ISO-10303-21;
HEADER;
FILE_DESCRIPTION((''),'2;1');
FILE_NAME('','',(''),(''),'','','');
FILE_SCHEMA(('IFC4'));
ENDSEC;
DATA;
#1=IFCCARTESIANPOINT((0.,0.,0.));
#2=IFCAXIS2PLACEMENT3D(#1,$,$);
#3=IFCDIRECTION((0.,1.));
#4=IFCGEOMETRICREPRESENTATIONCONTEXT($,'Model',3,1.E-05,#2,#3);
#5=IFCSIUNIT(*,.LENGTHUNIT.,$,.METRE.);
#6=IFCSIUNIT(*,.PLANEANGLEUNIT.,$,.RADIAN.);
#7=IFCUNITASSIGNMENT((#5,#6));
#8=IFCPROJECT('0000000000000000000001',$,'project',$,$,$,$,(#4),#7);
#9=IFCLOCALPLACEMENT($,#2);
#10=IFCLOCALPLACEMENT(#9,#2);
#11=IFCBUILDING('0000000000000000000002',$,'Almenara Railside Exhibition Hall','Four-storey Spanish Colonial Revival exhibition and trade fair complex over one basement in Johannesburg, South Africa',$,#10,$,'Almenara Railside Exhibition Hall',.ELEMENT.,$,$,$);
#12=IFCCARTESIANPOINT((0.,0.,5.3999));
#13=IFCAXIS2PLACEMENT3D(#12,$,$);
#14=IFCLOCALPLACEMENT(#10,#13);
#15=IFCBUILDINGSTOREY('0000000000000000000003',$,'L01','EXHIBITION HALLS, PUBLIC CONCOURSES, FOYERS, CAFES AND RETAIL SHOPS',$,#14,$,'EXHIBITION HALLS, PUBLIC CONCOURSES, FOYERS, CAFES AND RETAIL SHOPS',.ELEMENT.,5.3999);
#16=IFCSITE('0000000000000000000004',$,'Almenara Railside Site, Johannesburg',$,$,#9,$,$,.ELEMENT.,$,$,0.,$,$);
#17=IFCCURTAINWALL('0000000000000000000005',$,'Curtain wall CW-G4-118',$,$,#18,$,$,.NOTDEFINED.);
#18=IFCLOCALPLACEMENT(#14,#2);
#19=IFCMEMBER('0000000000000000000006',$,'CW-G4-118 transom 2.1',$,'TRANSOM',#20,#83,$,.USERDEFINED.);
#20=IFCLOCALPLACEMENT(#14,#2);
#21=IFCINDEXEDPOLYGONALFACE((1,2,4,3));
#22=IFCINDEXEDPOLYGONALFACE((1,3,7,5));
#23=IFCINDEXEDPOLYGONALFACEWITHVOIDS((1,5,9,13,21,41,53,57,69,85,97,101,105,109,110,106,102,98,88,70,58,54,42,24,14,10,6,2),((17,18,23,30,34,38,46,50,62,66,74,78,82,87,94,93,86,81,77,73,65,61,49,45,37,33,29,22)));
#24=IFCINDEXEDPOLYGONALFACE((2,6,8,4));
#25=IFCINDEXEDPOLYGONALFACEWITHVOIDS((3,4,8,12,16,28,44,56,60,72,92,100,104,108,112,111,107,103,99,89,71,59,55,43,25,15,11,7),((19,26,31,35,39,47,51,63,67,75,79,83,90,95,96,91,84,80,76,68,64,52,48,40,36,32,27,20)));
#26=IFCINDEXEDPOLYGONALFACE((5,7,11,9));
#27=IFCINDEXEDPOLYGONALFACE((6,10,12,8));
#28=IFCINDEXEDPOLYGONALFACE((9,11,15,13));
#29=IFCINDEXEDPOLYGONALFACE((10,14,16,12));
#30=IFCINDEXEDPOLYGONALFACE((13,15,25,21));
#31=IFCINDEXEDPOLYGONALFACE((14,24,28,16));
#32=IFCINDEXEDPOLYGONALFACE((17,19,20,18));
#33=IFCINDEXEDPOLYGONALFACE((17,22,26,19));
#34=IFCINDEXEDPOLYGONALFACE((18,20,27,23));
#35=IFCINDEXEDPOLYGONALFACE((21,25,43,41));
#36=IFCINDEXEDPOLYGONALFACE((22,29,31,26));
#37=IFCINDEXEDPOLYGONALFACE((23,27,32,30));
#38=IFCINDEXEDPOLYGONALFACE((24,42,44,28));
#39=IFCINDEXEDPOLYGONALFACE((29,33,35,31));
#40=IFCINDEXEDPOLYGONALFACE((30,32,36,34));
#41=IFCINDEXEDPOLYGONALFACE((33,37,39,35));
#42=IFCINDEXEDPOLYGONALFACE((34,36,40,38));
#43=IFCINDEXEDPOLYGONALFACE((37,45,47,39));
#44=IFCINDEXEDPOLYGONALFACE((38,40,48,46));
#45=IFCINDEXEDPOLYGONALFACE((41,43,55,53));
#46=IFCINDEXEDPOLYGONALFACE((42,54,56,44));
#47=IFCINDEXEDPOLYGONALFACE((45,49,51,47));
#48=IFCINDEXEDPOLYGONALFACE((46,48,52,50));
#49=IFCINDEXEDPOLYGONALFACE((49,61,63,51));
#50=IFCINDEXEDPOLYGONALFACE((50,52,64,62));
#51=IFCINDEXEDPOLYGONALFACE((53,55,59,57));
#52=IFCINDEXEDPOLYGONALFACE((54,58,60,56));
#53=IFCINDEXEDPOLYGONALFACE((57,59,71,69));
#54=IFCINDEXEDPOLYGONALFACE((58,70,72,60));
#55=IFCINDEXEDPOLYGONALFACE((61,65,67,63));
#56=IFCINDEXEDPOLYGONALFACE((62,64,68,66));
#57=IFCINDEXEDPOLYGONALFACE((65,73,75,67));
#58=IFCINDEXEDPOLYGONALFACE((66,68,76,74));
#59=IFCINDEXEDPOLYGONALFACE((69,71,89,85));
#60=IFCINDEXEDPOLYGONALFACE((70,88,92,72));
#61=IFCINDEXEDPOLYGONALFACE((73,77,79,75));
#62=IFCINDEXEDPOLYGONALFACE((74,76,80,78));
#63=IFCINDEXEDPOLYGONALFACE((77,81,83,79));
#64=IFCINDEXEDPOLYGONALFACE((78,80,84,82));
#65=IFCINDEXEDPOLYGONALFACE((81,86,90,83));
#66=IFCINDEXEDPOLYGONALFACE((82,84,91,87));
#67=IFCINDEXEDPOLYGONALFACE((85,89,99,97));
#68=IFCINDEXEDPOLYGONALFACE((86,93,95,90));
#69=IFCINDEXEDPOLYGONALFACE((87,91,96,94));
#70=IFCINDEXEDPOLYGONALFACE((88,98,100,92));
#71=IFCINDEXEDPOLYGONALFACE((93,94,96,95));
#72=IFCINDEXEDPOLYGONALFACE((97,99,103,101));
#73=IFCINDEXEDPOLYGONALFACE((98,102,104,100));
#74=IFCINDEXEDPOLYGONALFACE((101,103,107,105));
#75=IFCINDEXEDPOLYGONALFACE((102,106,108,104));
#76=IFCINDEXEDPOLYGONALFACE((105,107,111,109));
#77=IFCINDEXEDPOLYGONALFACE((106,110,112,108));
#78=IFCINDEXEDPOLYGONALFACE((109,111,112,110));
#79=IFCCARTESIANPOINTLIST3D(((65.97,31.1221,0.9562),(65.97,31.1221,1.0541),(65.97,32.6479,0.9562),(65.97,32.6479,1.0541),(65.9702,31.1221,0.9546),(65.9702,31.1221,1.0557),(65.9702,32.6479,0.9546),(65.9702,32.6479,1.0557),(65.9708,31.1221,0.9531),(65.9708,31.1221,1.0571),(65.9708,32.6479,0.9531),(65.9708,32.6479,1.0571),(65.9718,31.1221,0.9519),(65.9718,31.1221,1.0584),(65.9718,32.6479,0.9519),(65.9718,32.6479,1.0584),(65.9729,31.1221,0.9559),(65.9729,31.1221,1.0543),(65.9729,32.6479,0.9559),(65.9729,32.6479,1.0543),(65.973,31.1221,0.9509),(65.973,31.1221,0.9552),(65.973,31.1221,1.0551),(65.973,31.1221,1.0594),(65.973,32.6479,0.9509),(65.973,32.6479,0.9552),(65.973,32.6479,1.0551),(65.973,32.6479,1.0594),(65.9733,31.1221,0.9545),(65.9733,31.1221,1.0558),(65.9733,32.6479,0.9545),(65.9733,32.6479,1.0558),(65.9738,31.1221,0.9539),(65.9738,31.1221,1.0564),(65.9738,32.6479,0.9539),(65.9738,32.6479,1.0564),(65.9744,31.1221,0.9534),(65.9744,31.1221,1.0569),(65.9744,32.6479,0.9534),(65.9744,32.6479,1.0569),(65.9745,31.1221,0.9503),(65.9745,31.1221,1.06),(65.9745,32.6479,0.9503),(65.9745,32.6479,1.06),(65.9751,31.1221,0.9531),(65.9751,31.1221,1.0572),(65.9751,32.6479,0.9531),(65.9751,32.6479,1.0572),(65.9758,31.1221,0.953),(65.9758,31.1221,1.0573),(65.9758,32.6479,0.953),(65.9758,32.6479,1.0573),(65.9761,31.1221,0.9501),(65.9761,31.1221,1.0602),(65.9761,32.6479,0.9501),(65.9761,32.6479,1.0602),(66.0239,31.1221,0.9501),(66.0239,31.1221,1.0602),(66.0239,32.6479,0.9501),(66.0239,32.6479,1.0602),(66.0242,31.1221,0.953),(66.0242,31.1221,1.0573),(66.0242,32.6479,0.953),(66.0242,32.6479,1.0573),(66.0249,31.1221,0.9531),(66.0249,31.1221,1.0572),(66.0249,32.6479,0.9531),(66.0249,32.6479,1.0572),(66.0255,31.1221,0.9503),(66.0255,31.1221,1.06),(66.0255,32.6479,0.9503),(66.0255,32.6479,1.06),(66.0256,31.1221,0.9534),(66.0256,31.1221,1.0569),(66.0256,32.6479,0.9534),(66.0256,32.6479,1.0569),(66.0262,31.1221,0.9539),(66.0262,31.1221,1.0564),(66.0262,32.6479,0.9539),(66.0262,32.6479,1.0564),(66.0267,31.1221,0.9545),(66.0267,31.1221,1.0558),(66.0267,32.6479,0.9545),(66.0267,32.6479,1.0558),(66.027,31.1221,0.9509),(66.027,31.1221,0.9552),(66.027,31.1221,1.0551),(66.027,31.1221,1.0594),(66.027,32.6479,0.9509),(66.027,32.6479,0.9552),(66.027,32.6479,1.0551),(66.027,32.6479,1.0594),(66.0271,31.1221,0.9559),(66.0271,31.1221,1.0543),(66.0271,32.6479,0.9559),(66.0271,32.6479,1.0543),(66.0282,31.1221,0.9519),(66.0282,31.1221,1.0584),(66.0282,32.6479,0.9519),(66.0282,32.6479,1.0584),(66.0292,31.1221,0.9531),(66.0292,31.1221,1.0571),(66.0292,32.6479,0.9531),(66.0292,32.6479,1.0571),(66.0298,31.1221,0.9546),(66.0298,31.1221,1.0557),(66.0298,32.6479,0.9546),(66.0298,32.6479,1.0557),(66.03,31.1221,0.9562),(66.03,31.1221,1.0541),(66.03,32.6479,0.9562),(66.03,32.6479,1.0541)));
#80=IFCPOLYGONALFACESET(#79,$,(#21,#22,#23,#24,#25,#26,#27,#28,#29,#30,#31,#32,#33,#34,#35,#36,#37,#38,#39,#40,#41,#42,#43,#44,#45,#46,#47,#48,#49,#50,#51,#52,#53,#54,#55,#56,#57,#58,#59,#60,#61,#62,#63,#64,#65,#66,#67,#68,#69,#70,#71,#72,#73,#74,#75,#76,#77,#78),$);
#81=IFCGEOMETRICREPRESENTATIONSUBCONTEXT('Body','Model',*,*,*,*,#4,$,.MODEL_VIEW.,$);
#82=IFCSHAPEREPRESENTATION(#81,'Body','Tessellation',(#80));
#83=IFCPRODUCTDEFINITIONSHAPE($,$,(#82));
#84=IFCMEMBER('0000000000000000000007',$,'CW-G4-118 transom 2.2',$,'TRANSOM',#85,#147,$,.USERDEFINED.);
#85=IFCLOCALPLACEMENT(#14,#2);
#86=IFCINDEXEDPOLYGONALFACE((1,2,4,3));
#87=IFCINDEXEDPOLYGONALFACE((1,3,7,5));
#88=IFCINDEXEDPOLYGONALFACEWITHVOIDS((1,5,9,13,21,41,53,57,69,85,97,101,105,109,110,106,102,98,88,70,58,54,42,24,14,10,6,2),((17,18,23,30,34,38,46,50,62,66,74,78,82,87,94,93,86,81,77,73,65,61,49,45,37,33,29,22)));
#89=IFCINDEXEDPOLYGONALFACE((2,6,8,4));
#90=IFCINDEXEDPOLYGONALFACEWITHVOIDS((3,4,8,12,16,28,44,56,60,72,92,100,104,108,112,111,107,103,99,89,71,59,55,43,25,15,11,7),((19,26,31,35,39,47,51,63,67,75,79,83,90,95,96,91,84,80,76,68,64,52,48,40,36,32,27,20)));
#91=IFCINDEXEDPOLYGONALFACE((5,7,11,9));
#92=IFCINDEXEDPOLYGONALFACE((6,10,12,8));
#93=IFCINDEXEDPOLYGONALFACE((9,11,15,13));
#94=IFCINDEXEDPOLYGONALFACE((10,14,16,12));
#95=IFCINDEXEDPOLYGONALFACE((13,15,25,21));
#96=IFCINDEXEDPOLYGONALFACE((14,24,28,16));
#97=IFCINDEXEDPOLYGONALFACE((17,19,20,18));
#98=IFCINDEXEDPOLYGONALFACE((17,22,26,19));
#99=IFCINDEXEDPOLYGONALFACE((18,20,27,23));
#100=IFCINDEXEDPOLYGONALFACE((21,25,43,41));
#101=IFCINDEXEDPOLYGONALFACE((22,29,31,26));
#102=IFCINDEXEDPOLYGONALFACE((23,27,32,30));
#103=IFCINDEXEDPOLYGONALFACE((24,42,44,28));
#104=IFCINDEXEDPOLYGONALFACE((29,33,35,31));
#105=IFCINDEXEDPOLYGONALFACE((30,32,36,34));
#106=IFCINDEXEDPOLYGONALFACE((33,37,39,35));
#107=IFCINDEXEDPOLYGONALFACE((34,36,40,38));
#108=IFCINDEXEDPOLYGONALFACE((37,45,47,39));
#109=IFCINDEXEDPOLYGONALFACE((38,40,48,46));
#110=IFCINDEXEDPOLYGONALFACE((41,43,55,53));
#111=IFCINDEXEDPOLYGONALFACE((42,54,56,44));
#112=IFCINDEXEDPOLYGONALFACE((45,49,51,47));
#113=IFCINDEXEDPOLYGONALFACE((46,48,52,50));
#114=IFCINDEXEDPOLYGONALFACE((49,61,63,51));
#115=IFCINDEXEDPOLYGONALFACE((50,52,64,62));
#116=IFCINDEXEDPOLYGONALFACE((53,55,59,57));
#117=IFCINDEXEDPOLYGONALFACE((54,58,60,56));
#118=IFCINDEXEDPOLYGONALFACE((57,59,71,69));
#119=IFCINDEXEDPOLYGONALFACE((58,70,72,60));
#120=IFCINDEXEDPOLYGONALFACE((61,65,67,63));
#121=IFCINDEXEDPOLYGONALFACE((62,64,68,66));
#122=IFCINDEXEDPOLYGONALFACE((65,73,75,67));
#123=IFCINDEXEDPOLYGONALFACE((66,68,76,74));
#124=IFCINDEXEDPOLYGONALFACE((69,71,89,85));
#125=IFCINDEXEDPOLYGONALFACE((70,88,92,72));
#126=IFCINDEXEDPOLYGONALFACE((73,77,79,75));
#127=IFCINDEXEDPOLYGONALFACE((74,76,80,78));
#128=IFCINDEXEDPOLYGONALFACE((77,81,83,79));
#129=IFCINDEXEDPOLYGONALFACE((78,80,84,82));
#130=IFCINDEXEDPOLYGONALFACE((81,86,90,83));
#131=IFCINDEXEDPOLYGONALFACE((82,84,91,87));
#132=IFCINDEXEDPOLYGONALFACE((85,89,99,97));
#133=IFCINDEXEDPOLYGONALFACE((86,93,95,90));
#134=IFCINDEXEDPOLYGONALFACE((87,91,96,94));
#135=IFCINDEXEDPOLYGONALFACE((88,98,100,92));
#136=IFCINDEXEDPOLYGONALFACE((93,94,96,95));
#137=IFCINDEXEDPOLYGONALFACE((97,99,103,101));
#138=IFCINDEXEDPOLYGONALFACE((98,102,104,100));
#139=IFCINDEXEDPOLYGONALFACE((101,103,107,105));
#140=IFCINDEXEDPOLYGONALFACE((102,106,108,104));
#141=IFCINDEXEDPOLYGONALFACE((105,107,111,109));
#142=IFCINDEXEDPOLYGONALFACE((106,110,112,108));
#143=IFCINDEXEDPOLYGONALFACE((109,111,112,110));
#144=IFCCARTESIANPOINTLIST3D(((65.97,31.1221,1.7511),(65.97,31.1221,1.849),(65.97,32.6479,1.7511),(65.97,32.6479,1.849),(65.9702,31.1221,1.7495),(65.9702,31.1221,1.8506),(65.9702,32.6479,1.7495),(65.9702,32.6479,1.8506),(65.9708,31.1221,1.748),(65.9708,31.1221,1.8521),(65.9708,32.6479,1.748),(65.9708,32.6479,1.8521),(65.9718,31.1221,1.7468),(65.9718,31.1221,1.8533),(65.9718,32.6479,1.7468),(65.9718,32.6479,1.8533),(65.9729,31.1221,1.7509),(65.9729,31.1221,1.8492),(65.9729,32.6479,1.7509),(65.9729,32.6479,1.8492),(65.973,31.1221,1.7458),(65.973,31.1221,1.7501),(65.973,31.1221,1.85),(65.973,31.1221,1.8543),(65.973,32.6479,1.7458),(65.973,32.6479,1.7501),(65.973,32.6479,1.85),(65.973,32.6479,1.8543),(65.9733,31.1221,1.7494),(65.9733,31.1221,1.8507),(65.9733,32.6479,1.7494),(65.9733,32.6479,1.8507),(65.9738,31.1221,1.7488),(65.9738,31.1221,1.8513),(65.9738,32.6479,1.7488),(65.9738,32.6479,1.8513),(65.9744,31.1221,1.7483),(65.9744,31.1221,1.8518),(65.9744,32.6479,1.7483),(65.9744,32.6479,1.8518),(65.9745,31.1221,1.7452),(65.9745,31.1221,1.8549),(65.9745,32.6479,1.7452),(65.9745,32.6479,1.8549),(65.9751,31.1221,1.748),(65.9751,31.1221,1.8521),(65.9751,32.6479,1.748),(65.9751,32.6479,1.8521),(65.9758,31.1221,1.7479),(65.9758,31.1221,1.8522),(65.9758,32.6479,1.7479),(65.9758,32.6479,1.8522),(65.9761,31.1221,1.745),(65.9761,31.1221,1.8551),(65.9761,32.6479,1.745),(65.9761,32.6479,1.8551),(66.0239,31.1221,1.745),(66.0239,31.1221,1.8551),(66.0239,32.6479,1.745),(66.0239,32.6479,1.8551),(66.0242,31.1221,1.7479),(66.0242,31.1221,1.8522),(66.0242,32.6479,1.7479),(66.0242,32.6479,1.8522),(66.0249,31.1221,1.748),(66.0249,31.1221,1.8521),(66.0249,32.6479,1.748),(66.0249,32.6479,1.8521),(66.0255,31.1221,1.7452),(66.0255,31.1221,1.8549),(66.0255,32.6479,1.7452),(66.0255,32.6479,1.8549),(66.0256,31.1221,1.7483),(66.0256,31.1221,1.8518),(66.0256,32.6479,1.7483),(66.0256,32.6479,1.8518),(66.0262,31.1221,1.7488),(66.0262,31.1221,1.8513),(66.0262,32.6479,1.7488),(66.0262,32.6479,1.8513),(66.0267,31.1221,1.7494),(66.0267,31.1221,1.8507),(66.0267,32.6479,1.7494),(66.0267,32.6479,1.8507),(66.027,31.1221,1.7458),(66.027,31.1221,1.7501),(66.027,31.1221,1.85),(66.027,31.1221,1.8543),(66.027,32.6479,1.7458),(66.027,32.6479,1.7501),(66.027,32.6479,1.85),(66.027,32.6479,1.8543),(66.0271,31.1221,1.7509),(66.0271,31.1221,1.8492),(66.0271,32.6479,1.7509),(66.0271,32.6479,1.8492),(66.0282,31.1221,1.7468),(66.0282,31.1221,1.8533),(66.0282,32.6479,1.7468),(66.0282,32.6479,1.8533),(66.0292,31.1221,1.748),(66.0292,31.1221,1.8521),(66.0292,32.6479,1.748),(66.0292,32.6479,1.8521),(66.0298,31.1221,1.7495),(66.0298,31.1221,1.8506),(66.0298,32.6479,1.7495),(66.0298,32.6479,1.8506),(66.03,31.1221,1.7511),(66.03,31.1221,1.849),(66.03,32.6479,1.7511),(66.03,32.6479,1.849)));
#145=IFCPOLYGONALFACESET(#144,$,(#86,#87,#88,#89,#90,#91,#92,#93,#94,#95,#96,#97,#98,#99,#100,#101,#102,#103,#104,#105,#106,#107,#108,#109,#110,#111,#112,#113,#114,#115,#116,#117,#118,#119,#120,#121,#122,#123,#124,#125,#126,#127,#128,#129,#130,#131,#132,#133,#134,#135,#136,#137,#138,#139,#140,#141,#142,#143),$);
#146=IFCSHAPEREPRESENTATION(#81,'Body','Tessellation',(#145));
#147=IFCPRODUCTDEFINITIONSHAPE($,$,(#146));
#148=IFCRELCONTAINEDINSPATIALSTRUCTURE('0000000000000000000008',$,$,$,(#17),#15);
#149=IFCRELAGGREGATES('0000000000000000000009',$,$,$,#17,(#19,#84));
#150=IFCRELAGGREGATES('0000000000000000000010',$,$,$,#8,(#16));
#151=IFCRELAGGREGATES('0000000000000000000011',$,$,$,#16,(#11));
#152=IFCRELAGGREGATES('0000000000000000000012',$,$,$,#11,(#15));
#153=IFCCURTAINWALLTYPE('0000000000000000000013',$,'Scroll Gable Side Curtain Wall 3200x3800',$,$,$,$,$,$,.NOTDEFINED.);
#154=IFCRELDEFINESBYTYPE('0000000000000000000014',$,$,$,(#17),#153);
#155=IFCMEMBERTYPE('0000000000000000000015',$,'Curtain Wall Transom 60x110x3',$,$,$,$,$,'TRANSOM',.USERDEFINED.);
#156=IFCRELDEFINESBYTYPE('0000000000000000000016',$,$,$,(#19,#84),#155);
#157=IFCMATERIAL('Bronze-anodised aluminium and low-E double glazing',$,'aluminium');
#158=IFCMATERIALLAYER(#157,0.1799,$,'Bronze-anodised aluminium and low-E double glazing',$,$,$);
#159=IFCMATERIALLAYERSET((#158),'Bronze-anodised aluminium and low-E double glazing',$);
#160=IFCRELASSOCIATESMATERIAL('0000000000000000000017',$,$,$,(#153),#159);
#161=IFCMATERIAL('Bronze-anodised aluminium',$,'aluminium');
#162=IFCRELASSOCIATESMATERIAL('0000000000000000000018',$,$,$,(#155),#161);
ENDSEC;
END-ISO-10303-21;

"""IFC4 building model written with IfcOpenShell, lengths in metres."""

from ifc_helpers import new_model, si_unit, direction, frame, origin, origin_2d, place, context, subcontext, project, spatial, hollow_rectangle, extrude, material, layer, layer_set, material_profile, profile_set, type_object, element, aggregate, save


model = new_model("IFC4")

# Units and contexts
model_context = context("Model", 3, precision=1e-05, world=origin(), true_north=direction((0.0, 1.0)))
body_context = subcontext(model_context, "Body", "Model", "MODEL_VIEW")
ifc_project = project(units=[si_unit("LENGTHUNIT", "METRE"), si_unit("PLANEANGLEUNIT", "RADIAN")], contexts=[model_context])

# Site, building, storey
site_placement = place(None, origin())
site = spatial("IfcSite", under=ifc_project, at=site_placement, Name="Almenara Railside Site, Johannesburg", CompositionType="ELEMENT", RefElevation=0.0)
building_placement = place(site_placement, origin())
building = spatial("IfcBuilding", under=site, at=building_placement, Name="Almenara Railside Exhibition Hall", Description="Four-storey Spanish Colonial Revival exhibition and trade fair complex over one basement in Johannesburg, South Africa", LongName="Almenara Railside Exhibition Hall", CompositionType="ELEMENT")
storey_placement = place(building_placement, frame((0.0, 0.0, 5.3999)))
storey = spatial("IfcBuildingStorey", under=building, at=storey_placement, Name="L01", Description="EXHIBITION HALLS, PUBLIC CONCOURSES, FOYERS, CAFES AND RETAIL SHOPS", LongName="EXHIBITION HALLS, PUBLIC CONCOURSES, FOYERS, CAFES AND RETAIL SHOPS", CompositionType="ELEMENT", Elevation=5.3999)

# Curtain wall
ifc_material_1 = material(Name="Bronze-anodised aluminium and low-E double glazing", Category="aluminium")
ifc_layer_1 = layer(ifc_material_1, 0.1799, Name="Bronze-anodised aluminium and low-E double glazing")
ifc_layer_set_1 = layer_set([ifc_layer_1], Name="Bronze-anodised aluminium and low-E double glazing")
curtain_wall_type = type_object("IfcCurtainWallType", Name="Scroll Gable Side Curtain Wall 3200x3800", PredefinedType="NOTDEFINED", material=ifc_layer_set_1)
curtain_wall_1_placement = place(storey_placement, origin())
curtain_wall_1 = element("IfcCurtainWall", 1, at=curtain_wall_1_placement, inside=storey, type_object=curtain_wall_type, Name="Curtain wall CW-G4-118", PredefinedType="NOTDEFINED")
ifc_material_2 = material(Name="Bronze-anodised aluminium", Category="aluminium")

# Members
ifc_material_profile_1 = material_profile(ifc_material_2, hollow_rectangle(XDim=0.0601, YDim=0.1101, WallThickness=0.0029, InnerFilletRadius=0.0029, OuterFilletRadius=0.0061, at=origin_2d()), Name="ALU-TRN 60x110x3")
ifc_profile_set_1 = profile_set([ifc_material_profile_1], Name="Bronze-anodised aluminium")
member_type_1 = type_object("IfcMemberType", Name="Curtain Wall Transom 60x110x3", ElementType="TRANSOM", PredefinedType="USERDEFINED", material=ifc_profile_set_1)
member_1_placement = place(storey_placement, frame((66.0, 31.1221, 1.0051), z_axis=(0.0, 1.0, 0.0), x_axis=(-1.0, 0.0, 0.0)))
member_1 = element("IfcMember", 2, at=member_1_placement, type_object=member_type_1, Name="CW-G4-118 transom 2.1", ObjectType="TRANSOM", PredefinedType="USERDEFINED", context=body_context, shape_type="SweptSolid", body=[
    extrude(hollow_rectangle(XDim=0.0601, YDim=0.1101, WallThickness=0.0029, InnerFilletRadius=0.0029, OuterFilletRadius=0.0061, at=origin_2d()), origin(), (0.0, 0.0, 1.0), 1.5259),
])
member_2_placement = place(storey_placement, frame((66.0, 31.1221, 1.8), z_axis=(0.0, 1.0, 0.0), x_axis=(-1.0, 0.0, 0.0)))
member_2 = element("IfcMember", 3, at=member_2_placement, type_object=member_type_1, Name="CW-G4-118 transom 2.2", ObjectType="TRANSOM", PredefinedType="USERDEFINED", context=body_context, shape_type="SweptSolid", body=[
    extrude(hollow_rectangle(XDim=0.0601, YDim=0.1101, WallThickness=0.0029, InnerFilletRadius=0.0029, OuterFilletRadius=0.0061, at=origin_2d()), origin(), (0.0, 0.0, 1.0), 1.5259),
])

aggregate(curtain_wall_1, [member_1, member_2])

save(model, "model.ifc")
